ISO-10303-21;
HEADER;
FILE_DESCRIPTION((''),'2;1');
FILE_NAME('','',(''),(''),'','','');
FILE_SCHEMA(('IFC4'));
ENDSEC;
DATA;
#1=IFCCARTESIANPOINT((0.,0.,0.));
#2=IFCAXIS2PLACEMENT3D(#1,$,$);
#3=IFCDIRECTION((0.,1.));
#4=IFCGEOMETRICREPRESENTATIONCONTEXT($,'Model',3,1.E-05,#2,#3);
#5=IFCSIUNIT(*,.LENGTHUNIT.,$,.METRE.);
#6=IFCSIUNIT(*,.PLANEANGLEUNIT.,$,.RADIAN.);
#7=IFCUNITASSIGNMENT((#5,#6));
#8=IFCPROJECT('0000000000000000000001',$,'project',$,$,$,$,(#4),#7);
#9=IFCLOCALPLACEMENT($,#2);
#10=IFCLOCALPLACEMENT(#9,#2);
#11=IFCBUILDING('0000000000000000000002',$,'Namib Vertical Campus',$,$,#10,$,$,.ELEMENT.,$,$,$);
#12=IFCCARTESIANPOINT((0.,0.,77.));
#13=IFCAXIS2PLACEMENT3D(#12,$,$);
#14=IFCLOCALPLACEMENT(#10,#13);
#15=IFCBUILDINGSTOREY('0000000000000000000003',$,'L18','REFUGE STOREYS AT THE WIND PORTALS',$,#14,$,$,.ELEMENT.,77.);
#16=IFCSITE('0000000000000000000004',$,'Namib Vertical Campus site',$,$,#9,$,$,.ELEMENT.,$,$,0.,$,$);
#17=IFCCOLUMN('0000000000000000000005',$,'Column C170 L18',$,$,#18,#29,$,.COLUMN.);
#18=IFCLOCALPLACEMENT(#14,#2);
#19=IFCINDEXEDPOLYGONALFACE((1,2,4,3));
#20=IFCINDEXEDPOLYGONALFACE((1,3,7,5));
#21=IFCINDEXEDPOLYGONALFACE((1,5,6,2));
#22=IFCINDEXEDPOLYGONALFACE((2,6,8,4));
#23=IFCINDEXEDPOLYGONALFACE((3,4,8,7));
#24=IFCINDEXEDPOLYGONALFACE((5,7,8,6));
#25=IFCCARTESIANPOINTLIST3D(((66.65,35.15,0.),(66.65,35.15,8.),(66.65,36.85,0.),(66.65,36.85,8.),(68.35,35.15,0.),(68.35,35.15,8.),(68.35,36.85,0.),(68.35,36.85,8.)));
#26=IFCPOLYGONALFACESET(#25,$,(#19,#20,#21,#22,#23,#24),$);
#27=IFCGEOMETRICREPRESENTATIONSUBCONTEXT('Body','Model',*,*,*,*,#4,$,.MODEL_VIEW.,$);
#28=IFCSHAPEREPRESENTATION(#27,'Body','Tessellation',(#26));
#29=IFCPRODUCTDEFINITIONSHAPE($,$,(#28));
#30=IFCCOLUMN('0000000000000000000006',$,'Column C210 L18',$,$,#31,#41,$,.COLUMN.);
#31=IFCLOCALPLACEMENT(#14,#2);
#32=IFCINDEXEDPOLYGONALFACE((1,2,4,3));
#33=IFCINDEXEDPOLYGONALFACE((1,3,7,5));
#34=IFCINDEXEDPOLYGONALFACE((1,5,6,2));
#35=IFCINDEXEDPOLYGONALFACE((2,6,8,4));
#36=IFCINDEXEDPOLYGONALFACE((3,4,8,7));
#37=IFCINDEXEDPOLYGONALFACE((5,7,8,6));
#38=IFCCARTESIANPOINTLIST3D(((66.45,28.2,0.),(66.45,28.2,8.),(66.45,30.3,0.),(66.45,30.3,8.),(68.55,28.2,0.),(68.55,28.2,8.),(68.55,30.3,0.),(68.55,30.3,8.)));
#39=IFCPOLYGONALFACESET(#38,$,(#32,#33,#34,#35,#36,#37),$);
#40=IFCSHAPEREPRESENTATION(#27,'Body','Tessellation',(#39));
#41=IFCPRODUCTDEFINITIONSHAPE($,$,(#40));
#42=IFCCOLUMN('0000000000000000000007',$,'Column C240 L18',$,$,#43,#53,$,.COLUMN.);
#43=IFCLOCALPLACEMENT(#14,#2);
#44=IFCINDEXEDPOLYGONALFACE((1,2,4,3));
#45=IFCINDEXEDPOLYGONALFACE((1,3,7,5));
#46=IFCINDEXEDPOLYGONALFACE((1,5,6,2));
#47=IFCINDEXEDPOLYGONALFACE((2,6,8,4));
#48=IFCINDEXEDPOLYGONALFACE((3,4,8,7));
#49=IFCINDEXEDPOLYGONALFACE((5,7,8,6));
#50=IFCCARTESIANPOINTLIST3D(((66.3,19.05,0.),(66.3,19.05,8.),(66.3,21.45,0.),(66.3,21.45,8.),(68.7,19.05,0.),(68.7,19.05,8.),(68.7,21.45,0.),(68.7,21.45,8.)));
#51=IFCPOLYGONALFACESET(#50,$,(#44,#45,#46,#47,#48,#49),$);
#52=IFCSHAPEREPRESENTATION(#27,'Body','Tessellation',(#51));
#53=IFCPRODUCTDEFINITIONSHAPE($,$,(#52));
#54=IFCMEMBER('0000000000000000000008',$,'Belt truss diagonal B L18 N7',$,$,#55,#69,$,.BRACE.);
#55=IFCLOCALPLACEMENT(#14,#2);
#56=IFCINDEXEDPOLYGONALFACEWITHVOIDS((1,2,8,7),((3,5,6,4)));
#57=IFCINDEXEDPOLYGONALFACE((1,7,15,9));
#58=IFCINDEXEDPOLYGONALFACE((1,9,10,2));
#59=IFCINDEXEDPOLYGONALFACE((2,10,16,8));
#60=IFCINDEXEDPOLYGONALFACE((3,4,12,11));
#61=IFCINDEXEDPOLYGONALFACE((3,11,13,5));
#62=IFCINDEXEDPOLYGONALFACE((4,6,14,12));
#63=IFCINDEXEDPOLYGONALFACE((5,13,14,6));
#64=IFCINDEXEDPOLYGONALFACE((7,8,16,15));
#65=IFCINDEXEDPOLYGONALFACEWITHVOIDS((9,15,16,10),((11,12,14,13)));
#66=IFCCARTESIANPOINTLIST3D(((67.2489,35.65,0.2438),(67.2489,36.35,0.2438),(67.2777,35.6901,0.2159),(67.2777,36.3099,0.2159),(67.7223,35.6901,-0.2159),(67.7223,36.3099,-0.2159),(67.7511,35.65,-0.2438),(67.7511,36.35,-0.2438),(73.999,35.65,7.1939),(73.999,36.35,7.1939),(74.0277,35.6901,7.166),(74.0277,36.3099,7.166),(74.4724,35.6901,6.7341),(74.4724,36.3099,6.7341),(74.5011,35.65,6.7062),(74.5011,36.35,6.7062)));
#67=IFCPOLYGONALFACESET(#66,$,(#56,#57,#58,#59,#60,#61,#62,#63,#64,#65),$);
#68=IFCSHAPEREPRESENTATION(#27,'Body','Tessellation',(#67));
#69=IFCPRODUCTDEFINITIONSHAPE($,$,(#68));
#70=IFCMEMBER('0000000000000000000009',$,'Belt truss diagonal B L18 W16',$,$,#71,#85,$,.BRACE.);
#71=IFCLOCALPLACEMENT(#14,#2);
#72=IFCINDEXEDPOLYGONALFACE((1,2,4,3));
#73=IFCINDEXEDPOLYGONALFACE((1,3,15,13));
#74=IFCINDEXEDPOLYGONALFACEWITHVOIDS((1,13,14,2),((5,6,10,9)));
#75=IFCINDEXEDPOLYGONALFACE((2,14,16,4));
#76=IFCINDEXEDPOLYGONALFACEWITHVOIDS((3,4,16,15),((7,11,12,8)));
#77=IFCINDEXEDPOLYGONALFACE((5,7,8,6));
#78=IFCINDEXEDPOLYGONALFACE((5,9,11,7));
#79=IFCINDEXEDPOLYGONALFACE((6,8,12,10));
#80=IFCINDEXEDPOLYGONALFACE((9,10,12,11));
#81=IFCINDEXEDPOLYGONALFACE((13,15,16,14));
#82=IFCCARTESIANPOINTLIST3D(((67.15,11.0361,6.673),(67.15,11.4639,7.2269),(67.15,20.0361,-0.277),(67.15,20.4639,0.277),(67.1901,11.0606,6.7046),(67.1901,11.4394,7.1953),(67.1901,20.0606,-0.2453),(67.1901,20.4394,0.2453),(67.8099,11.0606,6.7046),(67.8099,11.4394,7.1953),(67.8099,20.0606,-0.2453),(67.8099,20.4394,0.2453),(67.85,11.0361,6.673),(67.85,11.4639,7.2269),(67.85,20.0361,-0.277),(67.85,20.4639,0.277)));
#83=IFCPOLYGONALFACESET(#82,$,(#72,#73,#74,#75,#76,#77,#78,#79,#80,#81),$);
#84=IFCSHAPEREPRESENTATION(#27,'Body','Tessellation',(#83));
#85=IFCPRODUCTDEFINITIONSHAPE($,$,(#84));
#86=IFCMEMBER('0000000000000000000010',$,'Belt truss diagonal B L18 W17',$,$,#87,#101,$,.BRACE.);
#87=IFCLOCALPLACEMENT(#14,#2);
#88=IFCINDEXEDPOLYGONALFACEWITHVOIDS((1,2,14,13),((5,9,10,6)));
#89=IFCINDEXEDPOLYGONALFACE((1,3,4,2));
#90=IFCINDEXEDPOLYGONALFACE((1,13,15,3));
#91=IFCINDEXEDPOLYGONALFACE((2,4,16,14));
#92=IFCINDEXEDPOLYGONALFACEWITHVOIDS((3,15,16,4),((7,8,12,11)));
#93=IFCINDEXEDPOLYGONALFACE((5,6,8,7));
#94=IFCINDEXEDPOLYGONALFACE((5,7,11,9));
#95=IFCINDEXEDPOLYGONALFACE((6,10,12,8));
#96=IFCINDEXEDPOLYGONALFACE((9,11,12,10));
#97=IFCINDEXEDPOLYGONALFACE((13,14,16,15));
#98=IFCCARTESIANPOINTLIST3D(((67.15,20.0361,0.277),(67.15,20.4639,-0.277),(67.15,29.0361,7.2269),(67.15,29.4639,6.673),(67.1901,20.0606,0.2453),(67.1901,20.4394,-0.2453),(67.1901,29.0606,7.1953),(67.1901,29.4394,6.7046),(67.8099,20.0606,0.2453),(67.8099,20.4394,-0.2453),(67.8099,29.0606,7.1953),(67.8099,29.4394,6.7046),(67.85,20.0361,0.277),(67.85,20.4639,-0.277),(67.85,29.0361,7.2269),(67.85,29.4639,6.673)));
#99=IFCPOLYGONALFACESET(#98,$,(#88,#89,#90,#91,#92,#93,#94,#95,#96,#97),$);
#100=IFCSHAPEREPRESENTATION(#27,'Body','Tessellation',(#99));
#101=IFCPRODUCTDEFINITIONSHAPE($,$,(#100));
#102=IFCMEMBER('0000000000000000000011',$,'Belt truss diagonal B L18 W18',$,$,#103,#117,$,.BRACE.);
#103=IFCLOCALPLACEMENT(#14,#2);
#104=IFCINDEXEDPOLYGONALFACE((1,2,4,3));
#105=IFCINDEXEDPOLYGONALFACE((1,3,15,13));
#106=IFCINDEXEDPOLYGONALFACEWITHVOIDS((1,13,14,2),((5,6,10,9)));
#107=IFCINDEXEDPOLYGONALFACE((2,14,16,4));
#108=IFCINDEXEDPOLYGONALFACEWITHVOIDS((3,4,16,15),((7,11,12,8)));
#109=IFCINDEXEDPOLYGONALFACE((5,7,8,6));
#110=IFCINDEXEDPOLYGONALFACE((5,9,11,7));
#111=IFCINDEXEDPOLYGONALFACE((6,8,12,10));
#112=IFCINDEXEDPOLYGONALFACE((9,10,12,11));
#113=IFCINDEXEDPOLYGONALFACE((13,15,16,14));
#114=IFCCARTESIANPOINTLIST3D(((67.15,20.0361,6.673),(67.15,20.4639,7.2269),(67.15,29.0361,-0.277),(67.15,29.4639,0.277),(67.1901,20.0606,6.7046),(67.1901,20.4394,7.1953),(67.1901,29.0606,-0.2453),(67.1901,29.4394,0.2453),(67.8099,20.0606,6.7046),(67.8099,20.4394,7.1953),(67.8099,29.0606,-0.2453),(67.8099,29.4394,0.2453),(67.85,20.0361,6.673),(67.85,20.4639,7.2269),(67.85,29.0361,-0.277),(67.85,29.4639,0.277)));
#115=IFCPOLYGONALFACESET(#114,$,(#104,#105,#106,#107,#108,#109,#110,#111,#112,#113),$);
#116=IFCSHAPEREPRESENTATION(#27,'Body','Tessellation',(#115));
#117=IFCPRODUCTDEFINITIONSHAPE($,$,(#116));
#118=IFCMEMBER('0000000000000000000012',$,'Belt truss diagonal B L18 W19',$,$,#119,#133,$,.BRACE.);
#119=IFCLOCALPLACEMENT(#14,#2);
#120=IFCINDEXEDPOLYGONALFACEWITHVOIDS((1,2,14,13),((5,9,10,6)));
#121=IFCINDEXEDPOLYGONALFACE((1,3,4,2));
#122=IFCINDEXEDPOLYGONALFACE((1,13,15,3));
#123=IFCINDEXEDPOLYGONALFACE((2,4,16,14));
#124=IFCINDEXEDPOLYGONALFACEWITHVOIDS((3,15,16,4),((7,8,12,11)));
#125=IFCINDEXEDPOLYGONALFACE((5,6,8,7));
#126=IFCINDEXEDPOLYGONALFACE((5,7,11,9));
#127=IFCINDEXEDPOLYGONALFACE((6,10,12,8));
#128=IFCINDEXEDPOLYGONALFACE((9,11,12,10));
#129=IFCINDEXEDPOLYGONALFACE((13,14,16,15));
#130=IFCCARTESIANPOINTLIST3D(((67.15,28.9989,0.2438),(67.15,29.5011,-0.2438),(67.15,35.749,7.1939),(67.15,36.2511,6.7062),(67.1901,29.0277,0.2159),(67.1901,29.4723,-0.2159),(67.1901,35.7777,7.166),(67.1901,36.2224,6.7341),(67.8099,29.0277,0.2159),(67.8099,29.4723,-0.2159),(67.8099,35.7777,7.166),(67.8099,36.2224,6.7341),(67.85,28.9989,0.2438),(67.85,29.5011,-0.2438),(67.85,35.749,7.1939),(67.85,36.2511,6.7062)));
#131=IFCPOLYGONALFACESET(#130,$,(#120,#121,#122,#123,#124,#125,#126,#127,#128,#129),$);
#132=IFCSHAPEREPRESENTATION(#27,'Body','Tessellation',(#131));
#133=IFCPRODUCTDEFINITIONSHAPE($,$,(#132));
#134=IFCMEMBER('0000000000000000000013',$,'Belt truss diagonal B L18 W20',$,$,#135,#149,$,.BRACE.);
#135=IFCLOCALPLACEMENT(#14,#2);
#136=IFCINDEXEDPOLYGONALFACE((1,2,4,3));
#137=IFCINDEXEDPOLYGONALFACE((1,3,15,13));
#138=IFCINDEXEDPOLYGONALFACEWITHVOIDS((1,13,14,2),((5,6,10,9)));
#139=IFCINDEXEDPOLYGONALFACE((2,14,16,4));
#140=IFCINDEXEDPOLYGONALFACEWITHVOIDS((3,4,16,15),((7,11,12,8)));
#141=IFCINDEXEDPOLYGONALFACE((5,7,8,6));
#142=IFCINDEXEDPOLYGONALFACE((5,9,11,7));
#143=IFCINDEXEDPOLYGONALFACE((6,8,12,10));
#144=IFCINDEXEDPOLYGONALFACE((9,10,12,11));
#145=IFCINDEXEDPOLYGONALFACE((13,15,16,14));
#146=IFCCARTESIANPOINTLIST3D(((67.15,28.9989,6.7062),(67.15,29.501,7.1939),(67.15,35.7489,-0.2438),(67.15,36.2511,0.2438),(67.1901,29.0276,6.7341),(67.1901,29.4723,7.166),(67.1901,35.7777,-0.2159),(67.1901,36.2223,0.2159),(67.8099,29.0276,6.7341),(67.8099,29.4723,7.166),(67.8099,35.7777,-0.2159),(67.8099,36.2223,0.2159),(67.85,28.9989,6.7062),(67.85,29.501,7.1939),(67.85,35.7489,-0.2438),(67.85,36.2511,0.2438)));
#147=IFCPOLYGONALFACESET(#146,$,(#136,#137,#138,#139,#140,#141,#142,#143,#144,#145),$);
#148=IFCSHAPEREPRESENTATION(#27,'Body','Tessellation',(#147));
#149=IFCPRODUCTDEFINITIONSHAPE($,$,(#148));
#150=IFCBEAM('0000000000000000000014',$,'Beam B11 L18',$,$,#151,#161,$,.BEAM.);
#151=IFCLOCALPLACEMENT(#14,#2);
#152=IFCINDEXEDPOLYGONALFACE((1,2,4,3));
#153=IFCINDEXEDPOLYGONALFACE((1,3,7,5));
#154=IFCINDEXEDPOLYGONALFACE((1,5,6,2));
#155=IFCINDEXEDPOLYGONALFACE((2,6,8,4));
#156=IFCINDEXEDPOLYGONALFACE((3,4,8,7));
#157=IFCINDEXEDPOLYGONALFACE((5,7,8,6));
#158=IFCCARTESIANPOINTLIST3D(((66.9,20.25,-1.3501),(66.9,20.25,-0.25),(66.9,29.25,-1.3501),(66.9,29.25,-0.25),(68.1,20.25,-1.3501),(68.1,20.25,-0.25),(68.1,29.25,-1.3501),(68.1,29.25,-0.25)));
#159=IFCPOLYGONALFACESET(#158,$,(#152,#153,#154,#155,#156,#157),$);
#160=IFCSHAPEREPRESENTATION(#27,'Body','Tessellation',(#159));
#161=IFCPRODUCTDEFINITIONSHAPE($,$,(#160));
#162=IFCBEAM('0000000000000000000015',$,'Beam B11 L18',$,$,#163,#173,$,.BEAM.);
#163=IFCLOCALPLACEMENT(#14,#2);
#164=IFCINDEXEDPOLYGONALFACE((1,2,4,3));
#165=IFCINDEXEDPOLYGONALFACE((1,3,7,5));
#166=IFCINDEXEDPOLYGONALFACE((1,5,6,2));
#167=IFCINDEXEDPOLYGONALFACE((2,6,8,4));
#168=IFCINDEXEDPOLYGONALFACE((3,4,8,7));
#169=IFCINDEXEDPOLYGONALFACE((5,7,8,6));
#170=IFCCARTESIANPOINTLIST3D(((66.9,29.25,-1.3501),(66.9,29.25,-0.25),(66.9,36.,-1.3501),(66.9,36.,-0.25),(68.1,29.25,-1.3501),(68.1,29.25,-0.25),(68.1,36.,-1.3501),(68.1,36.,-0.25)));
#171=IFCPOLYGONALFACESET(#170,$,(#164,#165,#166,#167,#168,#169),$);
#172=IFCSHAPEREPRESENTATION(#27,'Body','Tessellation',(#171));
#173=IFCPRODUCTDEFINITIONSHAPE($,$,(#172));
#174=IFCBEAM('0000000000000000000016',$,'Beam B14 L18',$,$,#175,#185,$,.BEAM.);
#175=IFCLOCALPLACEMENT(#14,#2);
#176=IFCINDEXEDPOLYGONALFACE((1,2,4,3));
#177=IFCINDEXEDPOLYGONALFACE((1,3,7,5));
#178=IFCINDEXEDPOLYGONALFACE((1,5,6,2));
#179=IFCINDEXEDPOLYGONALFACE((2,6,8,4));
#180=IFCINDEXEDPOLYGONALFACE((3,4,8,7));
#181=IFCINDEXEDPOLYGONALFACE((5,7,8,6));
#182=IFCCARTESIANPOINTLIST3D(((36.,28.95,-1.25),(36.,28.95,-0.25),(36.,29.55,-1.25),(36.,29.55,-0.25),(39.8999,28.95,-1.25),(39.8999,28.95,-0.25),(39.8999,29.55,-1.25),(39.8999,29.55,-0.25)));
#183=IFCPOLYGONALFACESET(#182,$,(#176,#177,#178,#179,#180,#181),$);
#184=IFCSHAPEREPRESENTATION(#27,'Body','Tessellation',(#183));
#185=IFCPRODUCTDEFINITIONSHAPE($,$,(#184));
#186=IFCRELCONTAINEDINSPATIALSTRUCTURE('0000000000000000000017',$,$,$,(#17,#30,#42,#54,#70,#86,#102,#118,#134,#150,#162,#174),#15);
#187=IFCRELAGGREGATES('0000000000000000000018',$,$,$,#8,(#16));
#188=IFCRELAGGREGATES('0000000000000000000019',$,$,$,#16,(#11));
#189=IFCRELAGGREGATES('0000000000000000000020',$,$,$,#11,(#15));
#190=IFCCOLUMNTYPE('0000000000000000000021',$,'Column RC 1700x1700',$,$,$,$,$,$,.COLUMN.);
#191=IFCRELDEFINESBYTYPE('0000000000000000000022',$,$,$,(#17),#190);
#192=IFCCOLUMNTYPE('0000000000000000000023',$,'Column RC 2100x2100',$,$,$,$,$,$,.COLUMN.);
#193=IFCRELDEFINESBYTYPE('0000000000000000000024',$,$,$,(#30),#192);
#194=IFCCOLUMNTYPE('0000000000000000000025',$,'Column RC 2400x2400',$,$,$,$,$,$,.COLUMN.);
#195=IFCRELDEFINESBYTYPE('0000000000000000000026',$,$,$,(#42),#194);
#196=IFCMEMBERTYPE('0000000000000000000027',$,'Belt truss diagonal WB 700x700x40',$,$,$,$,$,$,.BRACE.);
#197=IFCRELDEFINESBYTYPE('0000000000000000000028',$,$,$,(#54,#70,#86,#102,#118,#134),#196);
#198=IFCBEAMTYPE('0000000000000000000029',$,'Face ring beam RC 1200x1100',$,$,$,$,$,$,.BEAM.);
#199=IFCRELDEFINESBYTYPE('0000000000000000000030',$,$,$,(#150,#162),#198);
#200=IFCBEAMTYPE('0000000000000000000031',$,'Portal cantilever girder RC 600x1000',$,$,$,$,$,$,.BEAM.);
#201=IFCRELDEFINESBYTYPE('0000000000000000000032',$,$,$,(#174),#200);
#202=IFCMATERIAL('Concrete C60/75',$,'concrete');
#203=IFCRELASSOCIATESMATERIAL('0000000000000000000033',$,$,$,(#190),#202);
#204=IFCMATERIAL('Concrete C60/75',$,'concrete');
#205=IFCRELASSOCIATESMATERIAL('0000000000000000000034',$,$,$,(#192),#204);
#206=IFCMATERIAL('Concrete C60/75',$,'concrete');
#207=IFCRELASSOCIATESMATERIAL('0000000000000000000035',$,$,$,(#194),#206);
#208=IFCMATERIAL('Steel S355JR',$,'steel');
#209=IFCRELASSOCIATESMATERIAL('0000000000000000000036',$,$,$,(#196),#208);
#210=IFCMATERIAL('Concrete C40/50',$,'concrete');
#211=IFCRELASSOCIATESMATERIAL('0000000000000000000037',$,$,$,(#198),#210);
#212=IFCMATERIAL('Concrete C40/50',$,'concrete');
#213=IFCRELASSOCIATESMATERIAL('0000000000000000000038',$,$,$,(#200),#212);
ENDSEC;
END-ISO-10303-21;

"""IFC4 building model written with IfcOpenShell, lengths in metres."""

from ifc_helpers import new_model, si_unit, direction, frame, origin, origin_2d, place, context, subcontext, project, spatial, rectangle, hollow_rectangle, extrude, material, material_profile, profile_set, type_object, element, save


model = new_model("IFC4")

# Units and contexts
model_context = context("Model", 3, precision=1e-05, world=origin(), true_north=direction((0.0, 1.0)))
body_context = subcontext(model_context, "Body", "Model", "MODEL_VIEW")
ifc_project = project(units=[si_unit("LENGTHUNIT", "METRE"), si_unit("PLANEANGLEUNIT", "RADIAN")], contexts=[model_context])

# Site, building, storey
site_placement = place(None, origin())
site = spatial("IfcSite", under=ifc_project, at=site_placement, Name="Namib Vertical Campus site", CompositionType="ELEMENT", RefElevation=0.0)
building_placement = place(site_placement, origin())
building = spatial("IfcBuilding", under=site, at=building_placement, Name="Namib Vertical Campus", CompositionType="ELEMENT")
storey_placement = place(building_placement, frame((0.0, 0.0, 77.0)))
storey = spatial("IfcBuildingStorey", under=building, at=storey_placement, Name="L18", Description="REFUGE STOREYS AT THE WIND PORTALS", CompositionType="ELEMENT", Elevation=77.0)

# Columns
ifc_material_1 = material(Name="Concrete C60/75", Category="concrete")
ifc_material_profile_1 = material_profile(ifc_material_1, rectangle(XDim=1.7, YDim=1.7, at=origin_2d()))
ifc_profile_set_1 = profile_set([ifc_material_profile_1], Name="Concrete C60/75")
column_type_1 = type_object("IfcColumnType", Name="Column RC 1700x1700", PredefinedType="COLUMN", material=ifc_profile_set_1)
column_1_placement = place(storey_placement, frame((67.5, 36.0, 0.0), z_axis=(0.0, 0.0, 1.0), x_axis=(1.0, 0.0, 0.0)))
element("IfcColumn", 1, at=column_1_placement, inside=storey, type_object=column_type_1, Name="Column C170 L18", PredefinedType="COLUMN", context=body_context, shape_type="SweptSolid", body=[
    extrude(rectangle(XDim=1.7, YDim=1.7, at=origin_2d()), origin(), (0.0, 0.0, 1.0), 8.0),
])
ifc_material_2 = material(Name="Concrete C60/75", Category="concrete")
ifc_material_profile_2 = material_profile(ifc_material_2, rectangle(XDim=2.1001, YDim=2.1001, at=origin_2d()))
ifc_profile_set_2 = profile_set([ifc_material_profile_2], Name="Concrete C60/75")
column_type_2 = type_object("IfcColumnType", Name="Column RC 2100x2100", PredefinedType="COLUMN", material=ifc_profile_set_2)
column_2_placement = place(storey_placement, frame((67.5, 29.25, 0.0), z_axis=(0.0, 0.0, 1.0), x_axis=(1.0, 0.0, 0.0)))
element("IfcColumn", 2, at=column_2_placement, inside=storey, type_object=column_type_2, Name="Column C210 L18", PredefinedType="COLUMN", context=body_context, shape_type="SweptSolid", body=[
    extrude(rectangle(XDim=2.1001, YDim=2.1001, at=origin_2d()), origin(), (0.0, 0.0, 1.0), 8.0),
])
ifc_material_3 = material(Name="Concrete C60/75", Category="concrete")
ifc_material_profile_3 = material_profile(ifc_material_3, rectangle(XDim=2.3999, YDim=2.3999, at=origin_2d()))
ifc_profile_set_3 = profile_set([ifc_material_profile_3], Name="Concrete C60/75")
column_type_3 = type_object("IfcColumnType", Name="Column RC 2400x2400", PredefinedType="COLUMN", material=ifc_profile_set_3)
column_3_placement = place(storey_placement, frame((67.5, 20.25, 0.0), z_axis=(0.0, 0.0, 1.0), x_axis=(1.0, 0.0, 0.0)))
element("IfcColumn", 3, at=column_3_placement, inside=storey, type_object=column_type_3, Name="Column C240 L18", PredefinedType="COLUMN", context=body_context, shape_type="SweptSolid", body=[
    extrude(rectangle(XDim=2.3999, YDim=2.3999, at=origin_2d()), origin(), (0.0, 0.0, 1.0), 8.0),
])

# Members
ifc_material_4 = material(Name="Steel S355JR", Category="steel")
ifc_material_profile_4 = material_profile(ifc_material_4, hollow_rectangle(XDim=0.7, YDim=0.7, WallThickness=0.04, at=origin_2d()))
ifc_profile_set_4 = profile_set([ifc_material_profile_4], Name="Steel S355JR")
member_type = type_object("IfcMemberType", Name="Belt truss diagonal WB 700x700x40", PredefinedType="BRACE", material=ifc_profile_set_4)
member_placement = place(storey_placement, frame((67.5, 36.0, 0.0), z_axis=(0.696712, 0.0, 0.717351), x_axis=(0.0, 1.0, 0.0)))
element("IfcMember", 4, at=member_placement, inside=storey, type_object=member_type, Name="Belt truss diagonal B L18 N7", PredefinedType="BRACE", context=body_context, shape_type="SweptSolid", body=[
    extrude(hollow_rectangle(XDim=0.7, YDim=0.7, WallThickness=0.04, at=origin_2d()), origin(), (0.0, 0.0, 1.0), 9.6885),
])
for number, where, z_axis, x_axis, name in (
    (5, (67.5, 20.25, 0.0), (0.0, -0.79148, 0.611194), (1.0, 0.0, 0.0), "Belt truss diagonal B L18 W16"),
    (6, (67.5, 20.25, 0.0), (0.0, 0.79148, 0.611194), (-1.0, 0.0, 0.0), "Belt truss diagonal B L18 W17"),
    (7, (67.5, 29.25, 0.0), (0.0, -0.79148, 0.611194), (1.0, 0.0, 0.0), "Belt truss diagonal B L18 W18"),
):
    element("IfcMember", number, at=place(storey_placement, frame(where, z_axis=z_axis, x_axis=x_axis)), inside=storey, type_object=member_type, Name=name, PredefinedType="BRACE", context=body_context, shape_type="SweptSolid", body=[
        extrude(hollow_rectangle(XDim=0.7, YDim=0.7, WallThickness=0.04, at=origin_2d()), origin(), (0.0, 0.0, 1.0), 11.3711),
    ])
for number, where, z_axis, x_axis, name in (
    (8, (67.5, 29.25, 0.0), (0.0, 0.696712, 0.717351), (-1.0, 0.0, 0.0), "Belt truss diagonal B L18 W19"),
    (9, (67.5, 36.0, 0.0), (0.0, -0.696712, 0.717351), (1.0, 0.0, 0.0), "Belt truss diagonal B L18 W20"),
):
    element("IfcMember", number, at=place(storey_placement, frame(where, z_axis=z_axis, x_axis=x_axis)), inside=storey, type_object=member_type, Name=name, PredefinedType="BRACE", context=body_context, shape_type="SweptSolid", body=[
        extrude(hollow_rectangle(XDim=0.7, YDim=0.7, WallThickness=0.04, at=origin_2d()), origin(), (0.0, 0.0, 1.0), 9.6885),
    ])

# Beams
ifc_material_5 = material(Name="Concrete C40/50", Category="concrete")
ifc_material_profile_5 = material_profile(ifc_material_5, rectangle(XDim=1.2, YDim=1.1001, at=origin_2d()))
ifc_profile_set_5 = profile_set([ifc_material_profile_5], Name="Concrete C40/50")
beam_type_1 = type_object("IfcBeamType", Name="Face ring beam RC 1200x1100", PredefinedType="BEAM", material=ifc_profile_set_5)
beam_1_placement = place(storey_placement, frame((67.5, 20.25, -0.8), z_axis=(0.0, 1.0, 0.0), x_axis=(-1.0, 0.0, 0.0)))
element("IfcBeam", 10, at=beam_1_placement, inside=storey, type_object=beam_type_1, Name="Beam B11 L18", PredefinedType="BEAM", context=body_context, shape_type="SweptSolid", body=[
    extrude(rectangle(XDim=1.2, YDim=1.1001, at=origin_2d()), origin(), (0.0, 0.0, 1.0), 9.0),
])
beam_2_placement = place(storey_placement, frame((67.5, 29.25, -0.8), z_axis=(0.0, 1.0, 0.0), x_axis=(-1.0, 0.0, 0.0)))
element("IfcBeam", 11, at=beam_2_placement, inside=storey, type_object=beam_type_1, Name="Beam B11 L18", PredefinedType="BEAM", context=body_context, shape_type="SweptSolid", body=[
    extrude(rectangle(XDim=1.2, YDim=1.1001, at=origin_2d()), origin(), (0.0, 0.0, 1.0), 6.75),
])
ifc_material_6 = material(Name="Concrete C40/50", Category="concrete")
ifc_material_profile_6 = material_profile(ifc_material_6, rectangle(XDim=0.6001, YDim=1.0, at=origin_2d()))
ifc_profile_set_6 = profile_set([ifc_material_profile_6], Name="Concrete C40/50")
beam_type_2 = type_object("IfcBeamType", Name="Portal cantilever girder RC 600x1000", PredefinedType="BEAM", material=ifc_profile_set_6)
beam_3_placement = place(storey_placement, frame((36.0, 29.25, -0.75), z_axis=(1.0, 0.0, 0.0), x_axis=(0.0, 1.0, 0.0)))
element("IfcBeam", 12, at=beam_3_placement, inside=storey, type_object=beam_type_2, Name="Beam B14 L18", PredefinedType="BEAM", context=body_context, shape_type="SweptSolid", body=[
    extrude(rectangle(XDim=0.6001, YDim=1.0, at=origin_2d()), origin(), (0.0, 0.0, 1.0), 3.8999),
])

save(model, "model.ifc")
